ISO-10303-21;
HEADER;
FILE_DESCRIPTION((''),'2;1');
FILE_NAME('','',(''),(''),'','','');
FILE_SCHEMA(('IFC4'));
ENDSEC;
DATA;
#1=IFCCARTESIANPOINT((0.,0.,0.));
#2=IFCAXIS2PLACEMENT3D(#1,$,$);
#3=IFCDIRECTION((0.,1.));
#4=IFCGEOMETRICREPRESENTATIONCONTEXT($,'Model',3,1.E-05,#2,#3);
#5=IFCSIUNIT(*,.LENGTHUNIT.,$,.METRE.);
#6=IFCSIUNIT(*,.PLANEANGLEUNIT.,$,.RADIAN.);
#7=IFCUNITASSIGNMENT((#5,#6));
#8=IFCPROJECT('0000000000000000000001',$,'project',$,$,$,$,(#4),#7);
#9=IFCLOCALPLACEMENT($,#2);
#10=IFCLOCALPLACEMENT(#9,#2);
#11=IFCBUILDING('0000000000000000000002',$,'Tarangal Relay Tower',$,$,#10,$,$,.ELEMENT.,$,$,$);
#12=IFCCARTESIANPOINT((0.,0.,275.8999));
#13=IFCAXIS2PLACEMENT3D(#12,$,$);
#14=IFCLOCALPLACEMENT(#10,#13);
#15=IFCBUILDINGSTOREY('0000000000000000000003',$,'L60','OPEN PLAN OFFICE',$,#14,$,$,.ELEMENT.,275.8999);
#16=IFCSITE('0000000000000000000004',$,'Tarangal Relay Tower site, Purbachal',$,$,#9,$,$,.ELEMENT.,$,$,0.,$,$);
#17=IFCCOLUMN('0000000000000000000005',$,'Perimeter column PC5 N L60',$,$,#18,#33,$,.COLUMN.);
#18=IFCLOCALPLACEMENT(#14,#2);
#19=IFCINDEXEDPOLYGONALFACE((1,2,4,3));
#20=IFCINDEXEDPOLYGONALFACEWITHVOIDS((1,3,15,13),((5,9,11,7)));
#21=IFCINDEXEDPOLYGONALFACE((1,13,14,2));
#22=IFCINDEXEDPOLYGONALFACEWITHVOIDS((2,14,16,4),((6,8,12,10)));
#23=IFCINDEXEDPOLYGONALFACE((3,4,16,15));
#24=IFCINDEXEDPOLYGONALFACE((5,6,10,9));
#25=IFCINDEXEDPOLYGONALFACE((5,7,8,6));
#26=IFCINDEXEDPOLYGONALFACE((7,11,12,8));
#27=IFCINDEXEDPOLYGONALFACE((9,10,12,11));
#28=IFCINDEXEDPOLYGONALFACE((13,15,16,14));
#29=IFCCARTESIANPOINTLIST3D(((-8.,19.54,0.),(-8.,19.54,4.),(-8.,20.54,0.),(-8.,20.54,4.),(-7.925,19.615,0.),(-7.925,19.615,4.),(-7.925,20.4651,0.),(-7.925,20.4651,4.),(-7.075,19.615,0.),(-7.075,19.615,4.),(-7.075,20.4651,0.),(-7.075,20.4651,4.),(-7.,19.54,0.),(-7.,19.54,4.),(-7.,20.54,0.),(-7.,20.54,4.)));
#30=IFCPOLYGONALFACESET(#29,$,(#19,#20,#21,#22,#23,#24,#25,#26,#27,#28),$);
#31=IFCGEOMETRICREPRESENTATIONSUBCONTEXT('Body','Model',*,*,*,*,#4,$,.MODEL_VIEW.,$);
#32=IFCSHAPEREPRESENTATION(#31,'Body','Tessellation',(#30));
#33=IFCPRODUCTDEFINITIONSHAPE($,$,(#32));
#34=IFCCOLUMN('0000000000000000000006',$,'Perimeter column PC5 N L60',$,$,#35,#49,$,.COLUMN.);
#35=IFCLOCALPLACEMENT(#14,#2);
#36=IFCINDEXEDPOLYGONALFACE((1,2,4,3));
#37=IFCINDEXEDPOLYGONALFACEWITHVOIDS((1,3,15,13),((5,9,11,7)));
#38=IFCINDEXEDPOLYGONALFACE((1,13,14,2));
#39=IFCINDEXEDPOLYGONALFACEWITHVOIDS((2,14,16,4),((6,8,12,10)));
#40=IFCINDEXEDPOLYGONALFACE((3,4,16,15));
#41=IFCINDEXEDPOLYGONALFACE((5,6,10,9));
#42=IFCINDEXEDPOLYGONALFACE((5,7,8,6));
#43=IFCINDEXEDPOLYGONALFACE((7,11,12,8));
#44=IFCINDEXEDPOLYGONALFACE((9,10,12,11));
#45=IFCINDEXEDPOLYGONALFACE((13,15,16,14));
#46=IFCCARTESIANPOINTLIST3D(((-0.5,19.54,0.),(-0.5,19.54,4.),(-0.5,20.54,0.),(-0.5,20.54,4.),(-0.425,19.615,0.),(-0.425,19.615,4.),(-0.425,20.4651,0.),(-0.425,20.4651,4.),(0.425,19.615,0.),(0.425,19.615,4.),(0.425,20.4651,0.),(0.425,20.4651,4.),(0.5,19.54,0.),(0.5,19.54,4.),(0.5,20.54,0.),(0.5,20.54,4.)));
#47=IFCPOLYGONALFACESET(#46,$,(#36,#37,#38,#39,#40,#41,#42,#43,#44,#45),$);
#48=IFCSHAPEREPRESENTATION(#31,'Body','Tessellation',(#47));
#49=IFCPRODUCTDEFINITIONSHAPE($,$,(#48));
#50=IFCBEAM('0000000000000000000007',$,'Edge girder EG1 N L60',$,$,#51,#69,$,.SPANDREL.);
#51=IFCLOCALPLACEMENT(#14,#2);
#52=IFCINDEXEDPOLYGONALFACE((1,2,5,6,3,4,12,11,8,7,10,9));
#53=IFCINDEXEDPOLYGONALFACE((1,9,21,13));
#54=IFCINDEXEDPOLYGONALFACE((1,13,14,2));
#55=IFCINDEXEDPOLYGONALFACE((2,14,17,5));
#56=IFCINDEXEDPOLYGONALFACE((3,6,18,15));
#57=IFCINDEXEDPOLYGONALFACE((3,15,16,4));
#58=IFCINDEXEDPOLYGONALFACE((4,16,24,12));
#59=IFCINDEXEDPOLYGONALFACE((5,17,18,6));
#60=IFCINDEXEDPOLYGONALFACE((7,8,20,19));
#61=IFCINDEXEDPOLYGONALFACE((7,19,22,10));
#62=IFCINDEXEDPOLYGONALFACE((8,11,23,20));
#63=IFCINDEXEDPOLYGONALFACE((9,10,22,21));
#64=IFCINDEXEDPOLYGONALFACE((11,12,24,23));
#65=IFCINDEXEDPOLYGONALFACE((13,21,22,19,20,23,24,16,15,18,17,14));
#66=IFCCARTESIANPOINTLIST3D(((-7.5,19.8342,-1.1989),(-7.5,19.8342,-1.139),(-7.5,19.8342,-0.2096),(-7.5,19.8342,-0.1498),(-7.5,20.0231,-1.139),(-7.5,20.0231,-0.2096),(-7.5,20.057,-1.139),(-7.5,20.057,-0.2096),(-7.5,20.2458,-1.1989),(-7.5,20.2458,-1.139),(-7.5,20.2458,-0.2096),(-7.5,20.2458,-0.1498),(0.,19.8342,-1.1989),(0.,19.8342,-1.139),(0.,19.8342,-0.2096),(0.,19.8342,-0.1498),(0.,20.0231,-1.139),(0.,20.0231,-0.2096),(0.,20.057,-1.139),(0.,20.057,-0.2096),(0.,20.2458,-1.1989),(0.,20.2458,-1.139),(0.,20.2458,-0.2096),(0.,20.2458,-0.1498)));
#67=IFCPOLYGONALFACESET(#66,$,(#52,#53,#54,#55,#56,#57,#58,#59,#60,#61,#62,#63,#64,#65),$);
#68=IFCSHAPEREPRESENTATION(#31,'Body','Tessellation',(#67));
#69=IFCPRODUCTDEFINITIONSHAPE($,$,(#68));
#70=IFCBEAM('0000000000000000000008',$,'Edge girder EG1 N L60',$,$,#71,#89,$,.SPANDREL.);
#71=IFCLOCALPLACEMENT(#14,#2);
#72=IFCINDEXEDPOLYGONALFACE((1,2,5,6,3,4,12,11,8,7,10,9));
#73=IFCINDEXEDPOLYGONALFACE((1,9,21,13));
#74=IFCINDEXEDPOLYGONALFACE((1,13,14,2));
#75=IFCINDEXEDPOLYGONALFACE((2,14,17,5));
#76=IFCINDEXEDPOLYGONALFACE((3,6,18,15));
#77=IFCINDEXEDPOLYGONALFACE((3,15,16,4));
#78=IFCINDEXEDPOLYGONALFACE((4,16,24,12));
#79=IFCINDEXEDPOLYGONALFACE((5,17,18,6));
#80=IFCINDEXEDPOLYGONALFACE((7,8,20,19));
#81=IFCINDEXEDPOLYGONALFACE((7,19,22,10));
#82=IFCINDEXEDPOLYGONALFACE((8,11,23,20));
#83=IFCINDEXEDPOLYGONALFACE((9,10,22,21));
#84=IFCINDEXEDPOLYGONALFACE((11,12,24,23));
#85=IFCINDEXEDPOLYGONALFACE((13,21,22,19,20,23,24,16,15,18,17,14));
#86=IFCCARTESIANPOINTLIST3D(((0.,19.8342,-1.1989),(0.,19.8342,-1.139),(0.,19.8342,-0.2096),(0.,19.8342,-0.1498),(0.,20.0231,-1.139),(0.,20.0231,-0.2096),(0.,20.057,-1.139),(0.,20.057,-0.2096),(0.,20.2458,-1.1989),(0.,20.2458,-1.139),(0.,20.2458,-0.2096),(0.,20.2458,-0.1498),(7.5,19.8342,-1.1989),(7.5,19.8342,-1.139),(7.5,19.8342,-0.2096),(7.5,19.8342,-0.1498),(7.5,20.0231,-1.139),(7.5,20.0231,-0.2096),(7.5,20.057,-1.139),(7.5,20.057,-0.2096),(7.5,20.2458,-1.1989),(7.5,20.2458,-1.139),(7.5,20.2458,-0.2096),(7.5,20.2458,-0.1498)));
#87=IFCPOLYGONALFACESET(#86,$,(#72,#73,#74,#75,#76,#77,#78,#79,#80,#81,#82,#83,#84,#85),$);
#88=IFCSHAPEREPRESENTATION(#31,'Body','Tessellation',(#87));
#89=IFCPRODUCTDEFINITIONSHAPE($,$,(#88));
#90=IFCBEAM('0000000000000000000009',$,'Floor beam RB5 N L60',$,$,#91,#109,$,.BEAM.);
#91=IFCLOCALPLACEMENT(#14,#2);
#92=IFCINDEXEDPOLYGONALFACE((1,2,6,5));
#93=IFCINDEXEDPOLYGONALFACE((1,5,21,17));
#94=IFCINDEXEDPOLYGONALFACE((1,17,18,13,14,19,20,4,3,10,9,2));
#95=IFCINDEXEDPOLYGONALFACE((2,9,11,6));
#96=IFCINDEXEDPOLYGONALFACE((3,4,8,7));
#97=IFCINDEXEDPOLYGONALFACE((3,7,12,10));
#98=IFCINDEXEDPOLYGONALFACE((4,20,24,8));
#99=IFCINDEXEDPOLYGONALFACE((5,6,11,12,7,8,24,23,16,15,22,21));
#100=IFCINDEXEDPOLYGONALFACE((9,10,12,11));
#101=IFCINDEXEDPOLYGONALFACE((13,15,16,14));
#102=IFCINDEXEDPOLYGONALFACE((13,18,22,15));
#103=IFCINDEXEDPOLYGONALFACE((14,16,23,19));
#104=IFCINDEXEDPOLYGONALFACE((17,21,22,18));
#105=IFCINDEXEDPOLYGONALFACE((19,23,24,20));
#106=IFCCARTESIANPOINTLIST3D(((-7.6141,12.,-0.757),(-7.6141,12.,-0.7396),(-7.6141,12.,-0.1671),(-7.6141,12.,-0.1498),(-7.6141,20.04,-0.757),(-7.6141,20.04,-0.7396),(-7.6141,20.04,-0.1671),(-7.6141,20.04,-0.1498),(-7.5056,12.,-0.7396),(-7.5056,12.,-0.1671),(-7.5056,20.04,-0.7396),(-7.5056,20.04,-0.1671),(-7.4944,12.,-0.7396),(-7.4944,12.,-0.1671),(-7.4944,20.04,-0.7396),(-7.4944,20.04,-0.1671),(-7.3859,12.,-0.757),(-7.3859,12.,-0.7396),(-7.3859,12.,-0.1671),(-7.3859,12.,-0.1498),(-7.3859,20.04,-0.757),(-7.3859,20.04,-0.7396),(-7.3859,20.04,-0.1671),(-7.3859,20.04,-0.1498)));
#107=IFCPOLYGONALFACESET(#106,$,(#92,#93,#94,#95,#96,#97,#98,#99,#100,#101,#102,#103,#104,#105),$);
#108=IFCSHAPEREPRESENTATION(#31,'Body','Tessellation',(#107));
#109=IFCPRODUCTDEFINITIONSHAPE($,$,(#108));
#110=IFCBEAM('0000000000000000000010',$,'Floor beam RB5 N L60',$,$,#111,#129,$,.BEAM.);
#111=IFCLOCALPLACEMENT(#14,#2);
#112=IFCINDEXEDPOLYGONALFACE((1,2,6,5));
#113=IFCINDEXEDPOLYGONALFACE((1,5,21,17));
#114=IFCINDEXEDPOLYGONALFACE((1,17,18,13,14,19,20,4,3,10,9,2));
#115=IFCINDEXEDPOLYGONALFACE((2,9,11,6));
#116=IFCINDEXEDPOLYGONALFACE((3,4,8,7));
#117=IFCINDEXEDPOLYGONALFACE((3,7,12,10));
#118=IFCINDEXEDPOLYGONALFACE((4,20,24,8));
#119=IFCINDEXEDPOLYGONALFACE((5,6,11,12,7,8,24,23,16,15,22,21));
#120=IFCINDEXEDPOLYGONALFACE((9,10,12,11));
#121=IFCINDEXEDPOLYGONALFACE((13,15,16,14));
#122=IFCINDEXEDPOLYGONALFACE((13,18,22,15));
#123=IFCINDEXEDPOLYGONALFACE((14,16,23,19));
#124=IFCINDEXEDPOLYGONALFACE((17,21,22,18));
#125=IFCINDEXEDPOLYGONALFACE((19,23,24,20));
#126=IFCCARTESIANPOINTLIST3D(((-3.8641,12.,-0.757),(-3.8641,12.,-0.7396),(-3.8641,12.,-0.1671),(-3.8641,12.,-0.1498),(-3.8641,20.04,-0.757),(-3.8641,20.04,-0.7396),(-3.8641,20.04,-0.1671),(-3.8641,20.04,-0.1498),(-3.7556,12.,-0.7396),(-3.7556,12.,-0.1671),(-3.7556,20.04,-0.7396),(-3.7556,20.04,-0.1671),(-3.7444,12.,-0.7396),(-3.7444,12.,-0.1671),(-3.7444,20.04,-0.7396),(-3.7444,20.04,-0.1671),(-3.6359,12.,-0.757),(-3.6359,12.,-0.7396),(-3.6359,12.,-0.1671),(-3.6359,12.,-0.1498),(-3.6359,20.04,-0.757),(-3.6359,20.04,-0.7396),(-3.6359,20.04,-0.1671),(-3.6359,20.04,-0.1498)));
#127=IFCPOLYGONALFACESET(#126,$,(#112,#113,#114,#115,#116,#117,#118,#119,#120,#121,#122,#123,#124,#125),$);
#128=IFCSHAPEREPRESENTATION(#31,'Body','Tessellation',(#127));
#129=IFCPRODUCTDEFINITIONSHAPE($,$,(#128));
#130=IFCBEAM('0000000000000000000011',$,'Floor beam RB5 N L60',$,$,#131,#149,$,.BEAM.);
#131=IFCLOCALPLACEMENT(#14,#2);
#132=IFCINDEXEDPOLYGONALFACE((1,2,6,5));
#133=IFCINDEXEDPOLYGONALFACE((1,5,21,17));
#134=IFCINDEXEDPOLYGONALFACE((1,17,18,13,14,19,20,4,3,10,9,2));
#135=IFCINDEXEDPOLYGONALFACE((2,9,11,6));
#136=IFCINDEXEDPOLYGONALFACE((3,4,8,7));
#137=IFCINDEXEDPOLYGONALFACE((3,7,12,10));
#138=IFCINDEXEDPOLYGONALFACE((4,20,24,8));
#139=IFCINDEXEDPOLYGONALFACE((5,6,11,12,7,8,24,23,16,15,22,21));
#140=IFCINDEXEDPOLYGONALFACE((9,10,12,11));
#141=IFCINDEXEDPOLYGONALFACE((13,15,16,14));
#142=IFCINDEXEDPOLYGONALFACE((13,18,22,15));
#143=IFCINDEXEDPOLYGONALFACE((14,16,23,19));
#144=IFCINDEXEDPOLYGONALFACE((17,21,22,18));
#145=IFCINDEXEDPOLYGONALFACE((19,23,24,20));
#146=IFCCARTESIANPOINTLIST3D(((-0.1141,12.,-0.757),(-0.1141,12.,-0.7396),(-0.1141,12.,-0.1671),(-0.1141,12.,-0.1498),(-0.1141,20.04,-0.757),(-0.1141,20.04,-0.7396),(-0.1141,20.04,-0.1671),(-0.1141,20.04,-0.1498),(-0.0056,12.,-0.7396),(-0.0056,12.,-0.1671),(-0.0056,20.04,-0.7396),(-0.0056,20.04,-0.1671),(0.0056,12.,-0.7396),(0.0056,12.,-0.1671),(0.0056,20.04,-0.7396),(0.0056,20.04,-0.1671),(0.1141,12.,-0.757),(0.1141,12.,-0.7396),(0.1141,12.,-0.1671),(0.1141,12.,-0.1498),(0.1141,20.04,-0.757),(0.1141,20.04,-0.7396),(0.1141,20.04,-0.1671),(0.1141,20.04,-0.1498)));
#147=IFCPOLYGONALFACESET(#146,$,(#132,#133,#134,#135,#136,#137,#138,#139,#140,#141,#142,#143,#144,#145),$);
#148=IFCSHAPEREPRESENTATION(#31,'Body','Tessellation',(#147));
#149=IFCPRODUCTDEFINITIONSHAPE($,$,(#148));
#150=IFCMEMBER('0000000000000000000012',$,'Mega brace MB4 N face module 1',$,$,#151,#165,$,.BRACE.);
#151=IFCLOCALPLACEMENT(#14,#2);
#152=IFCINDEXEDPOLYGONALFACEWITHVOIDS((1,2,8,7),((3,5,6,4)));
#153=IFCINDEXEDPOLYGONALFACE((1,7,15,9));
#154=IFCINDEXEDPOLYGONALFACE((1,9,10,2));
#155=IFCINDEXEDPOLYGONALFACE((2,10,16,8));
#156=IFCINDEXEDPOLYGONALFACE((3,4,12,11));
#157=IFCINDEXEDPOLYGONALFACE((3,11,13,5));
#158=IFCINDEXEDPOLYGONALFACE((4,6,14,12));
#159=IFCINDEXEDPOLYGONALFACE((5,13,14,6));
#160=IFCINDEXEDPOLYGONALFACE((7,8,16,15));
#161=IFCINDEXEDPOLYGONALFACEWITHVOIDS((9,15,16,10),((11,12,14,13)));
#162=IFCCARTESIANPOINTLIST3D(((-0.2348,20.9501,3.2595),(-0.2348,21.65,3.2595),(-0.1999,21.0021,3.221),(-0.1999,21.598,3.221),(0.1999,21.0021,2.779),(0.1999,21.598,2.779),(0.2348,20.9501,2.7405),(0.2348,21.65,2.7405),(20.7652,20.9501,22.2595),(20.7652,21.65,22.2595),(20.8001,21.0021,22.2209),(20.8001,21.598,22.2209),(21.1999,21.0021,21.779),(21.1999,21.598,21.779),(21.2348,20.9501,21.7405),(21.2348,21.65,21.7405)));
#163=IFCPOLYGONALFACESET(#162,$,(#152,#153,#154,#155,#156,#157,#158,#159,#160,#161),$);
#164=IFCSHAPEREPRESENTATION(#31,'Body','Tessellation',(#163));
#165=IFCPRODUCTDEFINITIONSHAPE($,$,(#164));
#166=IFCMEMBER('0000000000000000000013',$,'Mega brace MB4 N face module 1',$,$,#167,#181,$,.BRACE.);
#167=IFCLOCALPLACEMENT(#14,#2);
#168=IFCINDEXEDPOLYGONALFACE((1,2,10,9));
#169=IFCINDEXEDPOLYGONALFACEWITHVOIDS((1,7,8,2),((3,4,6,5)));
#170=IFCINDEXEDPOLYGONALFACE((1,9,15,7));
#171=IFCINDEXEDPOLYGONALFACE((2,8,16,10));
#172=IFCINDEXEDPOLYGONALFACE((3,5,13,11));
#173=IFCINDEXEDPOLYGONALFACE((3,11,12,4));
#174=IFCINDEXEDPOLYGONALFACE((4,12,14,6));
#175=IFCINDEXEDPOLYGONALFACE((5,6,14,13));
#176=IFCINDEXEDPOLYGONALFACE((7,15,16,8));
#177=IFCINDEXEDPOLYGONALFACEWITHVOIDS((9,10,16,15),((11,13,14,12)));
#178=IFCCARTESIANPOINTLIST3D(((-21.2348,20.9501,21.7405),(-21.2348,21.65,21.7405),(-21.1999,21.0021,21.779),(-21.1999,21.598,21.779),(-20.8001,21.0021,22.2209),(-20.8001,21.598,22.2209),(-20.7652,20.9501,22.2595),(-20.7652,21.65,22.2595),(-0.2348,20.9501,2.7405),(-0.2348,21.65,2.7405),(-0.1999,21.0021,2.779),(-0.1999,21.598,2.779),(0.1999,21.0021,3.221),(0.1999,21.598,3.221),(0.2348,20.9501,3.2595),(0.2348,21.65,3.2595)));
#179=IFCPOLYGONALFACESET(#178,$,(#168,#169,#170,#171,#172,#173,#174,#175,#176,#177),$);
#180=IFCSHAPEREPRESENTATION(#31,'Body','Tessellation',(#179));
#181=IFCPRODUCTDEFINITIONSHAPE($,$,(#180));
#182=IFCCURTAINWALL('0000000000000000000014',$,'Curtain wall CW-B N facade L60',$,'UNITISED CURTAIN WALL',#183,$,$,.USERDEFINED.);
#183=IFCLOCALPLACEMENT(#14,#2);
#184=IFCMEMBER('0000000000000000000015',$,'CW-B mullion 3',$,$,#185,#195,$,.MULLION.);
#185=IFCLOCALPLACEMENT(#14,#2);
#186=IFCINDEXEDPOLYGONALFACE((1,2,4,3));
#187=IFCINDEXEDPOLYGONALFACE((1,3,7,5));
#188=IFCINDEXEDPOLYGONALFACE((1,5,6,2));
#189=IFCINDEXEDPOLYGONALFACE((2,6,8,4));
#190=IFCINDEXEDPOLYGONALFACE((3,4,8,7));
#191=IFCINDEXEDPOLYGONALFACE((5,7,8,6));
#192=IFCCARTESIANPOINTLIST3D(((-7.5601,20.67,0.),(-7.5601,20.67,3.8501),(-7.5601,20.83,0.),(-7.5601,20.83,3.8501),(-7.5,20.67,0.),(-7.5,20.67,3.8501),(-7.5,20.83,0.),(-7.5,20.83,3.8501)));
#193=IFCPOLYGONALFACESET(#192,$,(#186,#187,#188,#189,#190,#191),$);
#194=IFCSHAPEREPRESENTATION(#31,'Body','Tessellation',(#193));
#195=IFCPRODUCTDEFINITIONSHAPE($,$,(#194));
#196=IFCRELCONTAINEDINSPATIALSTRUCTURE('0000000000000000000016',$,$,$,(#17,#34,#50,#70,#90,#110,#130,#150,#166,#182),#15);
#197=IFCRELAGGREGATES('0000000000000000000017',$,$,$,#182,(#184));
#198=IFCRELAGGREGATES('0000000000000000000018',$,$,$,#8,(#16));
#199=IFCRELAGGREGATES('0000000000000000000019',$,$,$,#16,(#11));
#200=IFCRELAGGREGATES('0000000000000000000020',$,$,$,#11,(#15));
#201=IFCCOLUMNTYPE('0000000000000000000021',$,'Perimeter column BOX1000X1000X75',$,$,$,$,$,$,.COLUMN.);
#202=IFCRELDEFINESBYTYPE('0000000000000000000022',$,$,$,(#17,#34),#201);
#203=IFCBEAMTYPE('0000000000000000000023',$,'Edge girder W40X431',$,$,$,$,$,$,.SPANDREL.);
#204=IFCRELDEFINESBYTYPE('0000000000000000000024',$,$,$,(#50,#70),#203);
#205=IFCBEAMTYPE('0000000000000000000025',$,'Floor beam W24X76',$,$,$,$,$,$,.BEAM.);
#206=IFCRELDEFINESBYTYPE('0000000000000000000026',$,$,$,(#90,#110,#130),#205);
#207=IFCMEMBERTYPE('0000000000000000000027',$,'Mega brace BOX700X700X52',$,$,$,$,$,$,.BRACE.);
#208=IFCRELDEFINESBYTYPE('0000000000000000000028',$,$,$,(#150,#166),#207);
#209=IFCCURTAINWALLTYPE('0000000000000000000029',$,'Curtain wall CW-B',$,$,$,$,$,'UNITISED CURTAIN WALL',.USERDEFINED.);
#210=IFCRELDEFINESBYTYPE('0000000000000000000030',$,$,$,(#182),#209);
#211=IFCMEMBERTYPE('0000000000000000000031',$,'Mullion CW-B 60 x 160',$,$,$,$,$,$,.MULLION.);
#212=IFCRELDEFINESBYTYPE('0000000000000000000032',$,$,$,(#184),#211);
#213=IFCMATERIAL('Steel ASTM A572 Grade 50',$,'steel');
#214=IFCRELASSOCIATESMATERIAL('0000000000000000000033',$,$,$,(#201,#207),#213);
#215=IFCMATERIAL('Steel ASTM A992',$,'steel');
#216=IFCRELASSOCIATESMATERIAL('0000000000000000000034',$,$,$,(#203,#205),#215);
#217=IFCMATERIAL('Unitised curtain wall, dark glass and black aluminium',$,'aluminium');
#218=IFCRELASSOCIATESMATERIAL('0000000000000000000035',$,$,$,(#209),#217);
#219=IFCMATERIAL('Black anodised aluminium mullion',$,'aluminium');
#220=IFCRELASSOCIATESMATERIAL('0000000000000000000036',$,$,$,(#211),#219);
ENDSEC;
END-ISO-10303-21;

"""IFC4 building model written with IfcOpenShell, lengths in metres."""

from ifc_helpers import new_model, si_unit, direction, frame, origin, origin_2d, place, context, subcontext, project, spatial, rectangle, hollow_rectangle, i_section, extrude, material, material_profile, profile_set, type_object, element, aggregate, save


model = new_model("IFC4")

# Units and contexts
model_context = context("Model", 3, precision=1e-05, world=origin(), true_north=direction((0.0, 1.0)))
body_context = subcontext(model_context, "Body", "Model", "MODEL_VIEW")
ifc_project = project(units=[si_unit("LENGTHUNIT", "METRE"), si_unit("PLANEANGLEUNIT", "RADIAN")], contexts=[model_context])

# Site, building, storey
site_placement = place(None, origin())
site = spatial("IfcSite", under=ifc_project, at=site_placement, Name="Tarangal Relay Tower site, Purbachal", CompositionType="ELEMENT", RefElevation=0.0)
building_placement = place(site_placement, origin())
building = spatial("IfcBuilding", under=site, at=building_placement, Name="Tarangal Relay Tower", CompositionType="ELEMENT")
storey_placement = place(building_placement, frame((0.0, 0.0, 275.8999)))
storey = spatial("IfcBuildingStorey", under=building, at=storey_placement, Name="L60", Description="OPEN PLAN OFFICE", CompositionType="ELEMENT", Elevation=275.8999)

# Columns
ifc_material_1 = material(Name="Steel ASTM A572 Grade 50", Category="steel")
ifc_material_profile_1 = material_profile(ifc_material_1, hollow_rectangle(XDim=1.0, YDim=1.0, WallThickness=0.075, at=origin_2d()), Name="BOX1000X1000X75")
ifc_profile_set_1 = profile_set([ifc_material_profile_1], Name="Steel ASTM A572 Grade 50")
column_type = type_object("IfcColumnType", Name="Perimeter column BOX1000X1000X75", PredefinedType="COLUMN", material=ifc_profile_set_1)
for number, where, z_axis, x_axis, name in (
    (1, (-7.5, 20.04, 0.0), (0.0, 0.0, 1.0), (1.0, 0.0, 0.0), "Perimeter column PC5 N L60"),
    (2, (0.0, 20.04, 0.0), (0.0, 0.0, 1.0), (1.0, 0.0, 0.0), "Perimeter column PC5 N L60"),
):
    element("IfcColumn", number, at=place(storey_placement, frame(where, z_axis=z_axis, x_axis=x_axis)), inside=storey, type_object=column_type, Name=name, PredefinedType="COLUMN", context=body_context, shape_type="SweptSolid", body=[
        extrude(hollow_rectangle(XDim=1.0, YDim=1.0, WallThickness=0.075, at=origin_2d()), origin(), (0.0, 0.0, 1.0), 4.0),
    ])

# Beams
ifc_material_2 = material(Name="Steel ASTM A992", Category="steel")
ifc_material_profile_2 = material_profile(ifc_material_2, i_section(OverallWidth=0.4116, OverallDepth=1.0491, WebThickness=0.0339, FlangeThickness=0.0598, at=origin_2d()), Name="W40X431")
ifc_profile_set_2 = profile_set([ifc_material_profile_2], Name="Steel ASTM A992")
beam_type_1 = type_object("IfcBeamType", Name="Edge girder W40X431", PredefinedType="SPANDREL", material=ifc_profile_set_2)
for number, where, z_axis, x_axis, name in (
    (3, (-7.5, 20.04, -0.6743), (1.0, 0.0, 0.0), (0.0, 1.0, 0.0), "Edge girder EG1 N L60"),
    (4, (0.0, 20.04, -0.6743), (1.0, 0.0, 0.0), (0.0, 1.0, 0.0), "Edge girder EG1 N L60"),
):
    element("IfcBeam", number, at=place(storey_placement, frame(where, z_axis=z_axis, x_axis=x_axis)), inside=storey, type_object=beam_type_1, Name=name, PredefinedType="SPANDREL", context=body_context, shape_type="SweptSolid", body=[
        extrude(i_section(OverallWidth=0.4116, OverallDepth=1.0491, WebThickness=0.0339, FlangeThickness=0.0598, at=origin_2d()), origin(), (0.0, 0.0, 1.0), 7.5),
    ])
ifc_material_profile_3 = material_profile(ifc_material_2, i_section(OverallWidth=0.2283, OverallDepth=0.6072, WebThickness=0.0112, FlangeThickness=0.0173, at=origin_2d()), Name="W24X76")
ifc_profile_set_3 = profile_set([ifc_material_profile_3], Name="Steel ASTM A992")
beam_type_2 = type_object("IfcBeamType", Name="Floor beam W24X76", PredefinedType="BEAM", material=ifc_profile_set_3)
for number, where, z_axis, x_axis, name in (
    (5, (-7.5, 12.0, -0.4534), (0.0, 1.0, 0.0), (-1.0, 0.0, 0.0), "Floor beam RB5 N L60"),
    (6, (-3.75, 12.0, -0.4534), (0.0, 1.0, 0.0), (-1.0, 0.0, 0.0), "Floor beam RB5 N L60"),
    (7, (0.0, 12.0, -0.4534), (0.0, 1.0, 0.0), (-1.0, 0.0, 0.0), "Floor beam RB5 N L60"),
):
    element("IfcBeam", number, at=place(storey_placement, frame(where, z_axis=z_axis, x_axis=x_axis)), inside=storey, type_object=beam_type_2, Name=name, PredefinedType="BEAM", context=body_context, shape_type="SweptSolid", body=[
        extrude(i_section(OverallWidth=0.2283, OverallDepth=0.6072, WebThickness=0.0112, FlangeThickness=0.0173, at=origin_2d()), origin(), (0.0, 0.0, 1.0), 8.04),
    ])

# Members
ifc_material_profile_4 = material_profile(ifc_material_1, hollow_rectangle(XDim=0.7, YDim=0.7, WallThickness=0.052, at=origin_2d()), Name="BOX700X700X52")
ifc_profile_set_4 = profile_set([ifc_material_profile_4], Name="Steel ASTM A572 Grade 50")
member_type_1 = type_object("IfcMemberType", Name="Mega brace BOX700X700X52", PredefinedType="BRACE", material=ifc_profile_set_4)
for number, where, z_axis, x_axis, name in (
    (8, (0.0, 21.3, 3.0), (0.741536, 0.0, 0.670913), (0.0, 1.0, 0.0), "Mega brace MB4 N face module 1"),
    (9, (0.0, 21.3, 3.0), (-0.741536, 0.0, 0.670913), (0.0, -1.0, 0.0), "Mega brace MB4 N face module 1"),
):
    element("IfcMember", number, at=place(storey_placement, frame(where, z_axis=z_axis, x_axis=x_axis)), inside=storey, type_object=member_type_1, Name=name, PredefinedType="BRACE", context=body_context, shape_type="SweptSolid", body=[
        extrude(hollow_rectangle(XDim=0.7, YDim=0.7, WallThickness=0.052, at=origin_2d()), origin(), (0.0, 0.0, 1.0), 28.3196),
    ])

# Curtain wall, member
ifc_material_3 = material(Name="Unitised curtain wall, dark glass and black aluminium", Category="aluminium")
curtain_wall_type_1 = type_object("IfcCurtainWallType", Name="Curtain wall CW-B", ElementType="UNITISED CURTAIN WALL", PredefinedType="USERDEFINED", material=ifc_material_3)
curtain_wall_1_placement = place(storey_placement, origin())
curtain_wall_1 = element("IfcCurtainWall", 10, at=curtain_wall_1_placement, inside=storey, type_object=curtain_wall_type_1, Name="Curtain wall CW-B N facade L60", ObjectType="UNITISED CURTAIN WALL", PredefinedType="USERDEFINED")
ifc_material_4 = material(Name="Black anodised aluminium mullion", Category="aluminium")
ifc_material_profile_5 = material_profile(ifc_material_4, rectangle(XDim=0.1599, YDim=0.0601, at=origin_2d()), Name="CW-BM 60X160")
ifc_profile_set_5 = profile_set([ifc_material_profile_5], Name="Black anodised aluminium mullion")
member_type_2 = type_object("IfcMemberType", Name="Mullion CW-B 60 x 160", PredefinedType="MULLION", material=ifc_profile_set_5)
member_1_placement = place(storey_placement, frame((-7.53, 20.75, 0.0), z_axis=(0.0, 0.0, 1.0), x_axis=(0.0, 1.0, 0.0)))
member_1 = element("IfcMember", 11, at=member_1_placement, type_object=member_type_2, Name="CW-B mullion 3", PredefinedType="MULLION", context=body_context, shape_type="SweptSolid", body=[
    extrude(rectangle(XDim=0.1599, YDim=0.0601, at=origin_2d()), origin(), (0.0, 0.0, 1.0), 3.8501),
])

aggregate(curtain_wall_1, [member_1])

save(model, "model.ifc")
